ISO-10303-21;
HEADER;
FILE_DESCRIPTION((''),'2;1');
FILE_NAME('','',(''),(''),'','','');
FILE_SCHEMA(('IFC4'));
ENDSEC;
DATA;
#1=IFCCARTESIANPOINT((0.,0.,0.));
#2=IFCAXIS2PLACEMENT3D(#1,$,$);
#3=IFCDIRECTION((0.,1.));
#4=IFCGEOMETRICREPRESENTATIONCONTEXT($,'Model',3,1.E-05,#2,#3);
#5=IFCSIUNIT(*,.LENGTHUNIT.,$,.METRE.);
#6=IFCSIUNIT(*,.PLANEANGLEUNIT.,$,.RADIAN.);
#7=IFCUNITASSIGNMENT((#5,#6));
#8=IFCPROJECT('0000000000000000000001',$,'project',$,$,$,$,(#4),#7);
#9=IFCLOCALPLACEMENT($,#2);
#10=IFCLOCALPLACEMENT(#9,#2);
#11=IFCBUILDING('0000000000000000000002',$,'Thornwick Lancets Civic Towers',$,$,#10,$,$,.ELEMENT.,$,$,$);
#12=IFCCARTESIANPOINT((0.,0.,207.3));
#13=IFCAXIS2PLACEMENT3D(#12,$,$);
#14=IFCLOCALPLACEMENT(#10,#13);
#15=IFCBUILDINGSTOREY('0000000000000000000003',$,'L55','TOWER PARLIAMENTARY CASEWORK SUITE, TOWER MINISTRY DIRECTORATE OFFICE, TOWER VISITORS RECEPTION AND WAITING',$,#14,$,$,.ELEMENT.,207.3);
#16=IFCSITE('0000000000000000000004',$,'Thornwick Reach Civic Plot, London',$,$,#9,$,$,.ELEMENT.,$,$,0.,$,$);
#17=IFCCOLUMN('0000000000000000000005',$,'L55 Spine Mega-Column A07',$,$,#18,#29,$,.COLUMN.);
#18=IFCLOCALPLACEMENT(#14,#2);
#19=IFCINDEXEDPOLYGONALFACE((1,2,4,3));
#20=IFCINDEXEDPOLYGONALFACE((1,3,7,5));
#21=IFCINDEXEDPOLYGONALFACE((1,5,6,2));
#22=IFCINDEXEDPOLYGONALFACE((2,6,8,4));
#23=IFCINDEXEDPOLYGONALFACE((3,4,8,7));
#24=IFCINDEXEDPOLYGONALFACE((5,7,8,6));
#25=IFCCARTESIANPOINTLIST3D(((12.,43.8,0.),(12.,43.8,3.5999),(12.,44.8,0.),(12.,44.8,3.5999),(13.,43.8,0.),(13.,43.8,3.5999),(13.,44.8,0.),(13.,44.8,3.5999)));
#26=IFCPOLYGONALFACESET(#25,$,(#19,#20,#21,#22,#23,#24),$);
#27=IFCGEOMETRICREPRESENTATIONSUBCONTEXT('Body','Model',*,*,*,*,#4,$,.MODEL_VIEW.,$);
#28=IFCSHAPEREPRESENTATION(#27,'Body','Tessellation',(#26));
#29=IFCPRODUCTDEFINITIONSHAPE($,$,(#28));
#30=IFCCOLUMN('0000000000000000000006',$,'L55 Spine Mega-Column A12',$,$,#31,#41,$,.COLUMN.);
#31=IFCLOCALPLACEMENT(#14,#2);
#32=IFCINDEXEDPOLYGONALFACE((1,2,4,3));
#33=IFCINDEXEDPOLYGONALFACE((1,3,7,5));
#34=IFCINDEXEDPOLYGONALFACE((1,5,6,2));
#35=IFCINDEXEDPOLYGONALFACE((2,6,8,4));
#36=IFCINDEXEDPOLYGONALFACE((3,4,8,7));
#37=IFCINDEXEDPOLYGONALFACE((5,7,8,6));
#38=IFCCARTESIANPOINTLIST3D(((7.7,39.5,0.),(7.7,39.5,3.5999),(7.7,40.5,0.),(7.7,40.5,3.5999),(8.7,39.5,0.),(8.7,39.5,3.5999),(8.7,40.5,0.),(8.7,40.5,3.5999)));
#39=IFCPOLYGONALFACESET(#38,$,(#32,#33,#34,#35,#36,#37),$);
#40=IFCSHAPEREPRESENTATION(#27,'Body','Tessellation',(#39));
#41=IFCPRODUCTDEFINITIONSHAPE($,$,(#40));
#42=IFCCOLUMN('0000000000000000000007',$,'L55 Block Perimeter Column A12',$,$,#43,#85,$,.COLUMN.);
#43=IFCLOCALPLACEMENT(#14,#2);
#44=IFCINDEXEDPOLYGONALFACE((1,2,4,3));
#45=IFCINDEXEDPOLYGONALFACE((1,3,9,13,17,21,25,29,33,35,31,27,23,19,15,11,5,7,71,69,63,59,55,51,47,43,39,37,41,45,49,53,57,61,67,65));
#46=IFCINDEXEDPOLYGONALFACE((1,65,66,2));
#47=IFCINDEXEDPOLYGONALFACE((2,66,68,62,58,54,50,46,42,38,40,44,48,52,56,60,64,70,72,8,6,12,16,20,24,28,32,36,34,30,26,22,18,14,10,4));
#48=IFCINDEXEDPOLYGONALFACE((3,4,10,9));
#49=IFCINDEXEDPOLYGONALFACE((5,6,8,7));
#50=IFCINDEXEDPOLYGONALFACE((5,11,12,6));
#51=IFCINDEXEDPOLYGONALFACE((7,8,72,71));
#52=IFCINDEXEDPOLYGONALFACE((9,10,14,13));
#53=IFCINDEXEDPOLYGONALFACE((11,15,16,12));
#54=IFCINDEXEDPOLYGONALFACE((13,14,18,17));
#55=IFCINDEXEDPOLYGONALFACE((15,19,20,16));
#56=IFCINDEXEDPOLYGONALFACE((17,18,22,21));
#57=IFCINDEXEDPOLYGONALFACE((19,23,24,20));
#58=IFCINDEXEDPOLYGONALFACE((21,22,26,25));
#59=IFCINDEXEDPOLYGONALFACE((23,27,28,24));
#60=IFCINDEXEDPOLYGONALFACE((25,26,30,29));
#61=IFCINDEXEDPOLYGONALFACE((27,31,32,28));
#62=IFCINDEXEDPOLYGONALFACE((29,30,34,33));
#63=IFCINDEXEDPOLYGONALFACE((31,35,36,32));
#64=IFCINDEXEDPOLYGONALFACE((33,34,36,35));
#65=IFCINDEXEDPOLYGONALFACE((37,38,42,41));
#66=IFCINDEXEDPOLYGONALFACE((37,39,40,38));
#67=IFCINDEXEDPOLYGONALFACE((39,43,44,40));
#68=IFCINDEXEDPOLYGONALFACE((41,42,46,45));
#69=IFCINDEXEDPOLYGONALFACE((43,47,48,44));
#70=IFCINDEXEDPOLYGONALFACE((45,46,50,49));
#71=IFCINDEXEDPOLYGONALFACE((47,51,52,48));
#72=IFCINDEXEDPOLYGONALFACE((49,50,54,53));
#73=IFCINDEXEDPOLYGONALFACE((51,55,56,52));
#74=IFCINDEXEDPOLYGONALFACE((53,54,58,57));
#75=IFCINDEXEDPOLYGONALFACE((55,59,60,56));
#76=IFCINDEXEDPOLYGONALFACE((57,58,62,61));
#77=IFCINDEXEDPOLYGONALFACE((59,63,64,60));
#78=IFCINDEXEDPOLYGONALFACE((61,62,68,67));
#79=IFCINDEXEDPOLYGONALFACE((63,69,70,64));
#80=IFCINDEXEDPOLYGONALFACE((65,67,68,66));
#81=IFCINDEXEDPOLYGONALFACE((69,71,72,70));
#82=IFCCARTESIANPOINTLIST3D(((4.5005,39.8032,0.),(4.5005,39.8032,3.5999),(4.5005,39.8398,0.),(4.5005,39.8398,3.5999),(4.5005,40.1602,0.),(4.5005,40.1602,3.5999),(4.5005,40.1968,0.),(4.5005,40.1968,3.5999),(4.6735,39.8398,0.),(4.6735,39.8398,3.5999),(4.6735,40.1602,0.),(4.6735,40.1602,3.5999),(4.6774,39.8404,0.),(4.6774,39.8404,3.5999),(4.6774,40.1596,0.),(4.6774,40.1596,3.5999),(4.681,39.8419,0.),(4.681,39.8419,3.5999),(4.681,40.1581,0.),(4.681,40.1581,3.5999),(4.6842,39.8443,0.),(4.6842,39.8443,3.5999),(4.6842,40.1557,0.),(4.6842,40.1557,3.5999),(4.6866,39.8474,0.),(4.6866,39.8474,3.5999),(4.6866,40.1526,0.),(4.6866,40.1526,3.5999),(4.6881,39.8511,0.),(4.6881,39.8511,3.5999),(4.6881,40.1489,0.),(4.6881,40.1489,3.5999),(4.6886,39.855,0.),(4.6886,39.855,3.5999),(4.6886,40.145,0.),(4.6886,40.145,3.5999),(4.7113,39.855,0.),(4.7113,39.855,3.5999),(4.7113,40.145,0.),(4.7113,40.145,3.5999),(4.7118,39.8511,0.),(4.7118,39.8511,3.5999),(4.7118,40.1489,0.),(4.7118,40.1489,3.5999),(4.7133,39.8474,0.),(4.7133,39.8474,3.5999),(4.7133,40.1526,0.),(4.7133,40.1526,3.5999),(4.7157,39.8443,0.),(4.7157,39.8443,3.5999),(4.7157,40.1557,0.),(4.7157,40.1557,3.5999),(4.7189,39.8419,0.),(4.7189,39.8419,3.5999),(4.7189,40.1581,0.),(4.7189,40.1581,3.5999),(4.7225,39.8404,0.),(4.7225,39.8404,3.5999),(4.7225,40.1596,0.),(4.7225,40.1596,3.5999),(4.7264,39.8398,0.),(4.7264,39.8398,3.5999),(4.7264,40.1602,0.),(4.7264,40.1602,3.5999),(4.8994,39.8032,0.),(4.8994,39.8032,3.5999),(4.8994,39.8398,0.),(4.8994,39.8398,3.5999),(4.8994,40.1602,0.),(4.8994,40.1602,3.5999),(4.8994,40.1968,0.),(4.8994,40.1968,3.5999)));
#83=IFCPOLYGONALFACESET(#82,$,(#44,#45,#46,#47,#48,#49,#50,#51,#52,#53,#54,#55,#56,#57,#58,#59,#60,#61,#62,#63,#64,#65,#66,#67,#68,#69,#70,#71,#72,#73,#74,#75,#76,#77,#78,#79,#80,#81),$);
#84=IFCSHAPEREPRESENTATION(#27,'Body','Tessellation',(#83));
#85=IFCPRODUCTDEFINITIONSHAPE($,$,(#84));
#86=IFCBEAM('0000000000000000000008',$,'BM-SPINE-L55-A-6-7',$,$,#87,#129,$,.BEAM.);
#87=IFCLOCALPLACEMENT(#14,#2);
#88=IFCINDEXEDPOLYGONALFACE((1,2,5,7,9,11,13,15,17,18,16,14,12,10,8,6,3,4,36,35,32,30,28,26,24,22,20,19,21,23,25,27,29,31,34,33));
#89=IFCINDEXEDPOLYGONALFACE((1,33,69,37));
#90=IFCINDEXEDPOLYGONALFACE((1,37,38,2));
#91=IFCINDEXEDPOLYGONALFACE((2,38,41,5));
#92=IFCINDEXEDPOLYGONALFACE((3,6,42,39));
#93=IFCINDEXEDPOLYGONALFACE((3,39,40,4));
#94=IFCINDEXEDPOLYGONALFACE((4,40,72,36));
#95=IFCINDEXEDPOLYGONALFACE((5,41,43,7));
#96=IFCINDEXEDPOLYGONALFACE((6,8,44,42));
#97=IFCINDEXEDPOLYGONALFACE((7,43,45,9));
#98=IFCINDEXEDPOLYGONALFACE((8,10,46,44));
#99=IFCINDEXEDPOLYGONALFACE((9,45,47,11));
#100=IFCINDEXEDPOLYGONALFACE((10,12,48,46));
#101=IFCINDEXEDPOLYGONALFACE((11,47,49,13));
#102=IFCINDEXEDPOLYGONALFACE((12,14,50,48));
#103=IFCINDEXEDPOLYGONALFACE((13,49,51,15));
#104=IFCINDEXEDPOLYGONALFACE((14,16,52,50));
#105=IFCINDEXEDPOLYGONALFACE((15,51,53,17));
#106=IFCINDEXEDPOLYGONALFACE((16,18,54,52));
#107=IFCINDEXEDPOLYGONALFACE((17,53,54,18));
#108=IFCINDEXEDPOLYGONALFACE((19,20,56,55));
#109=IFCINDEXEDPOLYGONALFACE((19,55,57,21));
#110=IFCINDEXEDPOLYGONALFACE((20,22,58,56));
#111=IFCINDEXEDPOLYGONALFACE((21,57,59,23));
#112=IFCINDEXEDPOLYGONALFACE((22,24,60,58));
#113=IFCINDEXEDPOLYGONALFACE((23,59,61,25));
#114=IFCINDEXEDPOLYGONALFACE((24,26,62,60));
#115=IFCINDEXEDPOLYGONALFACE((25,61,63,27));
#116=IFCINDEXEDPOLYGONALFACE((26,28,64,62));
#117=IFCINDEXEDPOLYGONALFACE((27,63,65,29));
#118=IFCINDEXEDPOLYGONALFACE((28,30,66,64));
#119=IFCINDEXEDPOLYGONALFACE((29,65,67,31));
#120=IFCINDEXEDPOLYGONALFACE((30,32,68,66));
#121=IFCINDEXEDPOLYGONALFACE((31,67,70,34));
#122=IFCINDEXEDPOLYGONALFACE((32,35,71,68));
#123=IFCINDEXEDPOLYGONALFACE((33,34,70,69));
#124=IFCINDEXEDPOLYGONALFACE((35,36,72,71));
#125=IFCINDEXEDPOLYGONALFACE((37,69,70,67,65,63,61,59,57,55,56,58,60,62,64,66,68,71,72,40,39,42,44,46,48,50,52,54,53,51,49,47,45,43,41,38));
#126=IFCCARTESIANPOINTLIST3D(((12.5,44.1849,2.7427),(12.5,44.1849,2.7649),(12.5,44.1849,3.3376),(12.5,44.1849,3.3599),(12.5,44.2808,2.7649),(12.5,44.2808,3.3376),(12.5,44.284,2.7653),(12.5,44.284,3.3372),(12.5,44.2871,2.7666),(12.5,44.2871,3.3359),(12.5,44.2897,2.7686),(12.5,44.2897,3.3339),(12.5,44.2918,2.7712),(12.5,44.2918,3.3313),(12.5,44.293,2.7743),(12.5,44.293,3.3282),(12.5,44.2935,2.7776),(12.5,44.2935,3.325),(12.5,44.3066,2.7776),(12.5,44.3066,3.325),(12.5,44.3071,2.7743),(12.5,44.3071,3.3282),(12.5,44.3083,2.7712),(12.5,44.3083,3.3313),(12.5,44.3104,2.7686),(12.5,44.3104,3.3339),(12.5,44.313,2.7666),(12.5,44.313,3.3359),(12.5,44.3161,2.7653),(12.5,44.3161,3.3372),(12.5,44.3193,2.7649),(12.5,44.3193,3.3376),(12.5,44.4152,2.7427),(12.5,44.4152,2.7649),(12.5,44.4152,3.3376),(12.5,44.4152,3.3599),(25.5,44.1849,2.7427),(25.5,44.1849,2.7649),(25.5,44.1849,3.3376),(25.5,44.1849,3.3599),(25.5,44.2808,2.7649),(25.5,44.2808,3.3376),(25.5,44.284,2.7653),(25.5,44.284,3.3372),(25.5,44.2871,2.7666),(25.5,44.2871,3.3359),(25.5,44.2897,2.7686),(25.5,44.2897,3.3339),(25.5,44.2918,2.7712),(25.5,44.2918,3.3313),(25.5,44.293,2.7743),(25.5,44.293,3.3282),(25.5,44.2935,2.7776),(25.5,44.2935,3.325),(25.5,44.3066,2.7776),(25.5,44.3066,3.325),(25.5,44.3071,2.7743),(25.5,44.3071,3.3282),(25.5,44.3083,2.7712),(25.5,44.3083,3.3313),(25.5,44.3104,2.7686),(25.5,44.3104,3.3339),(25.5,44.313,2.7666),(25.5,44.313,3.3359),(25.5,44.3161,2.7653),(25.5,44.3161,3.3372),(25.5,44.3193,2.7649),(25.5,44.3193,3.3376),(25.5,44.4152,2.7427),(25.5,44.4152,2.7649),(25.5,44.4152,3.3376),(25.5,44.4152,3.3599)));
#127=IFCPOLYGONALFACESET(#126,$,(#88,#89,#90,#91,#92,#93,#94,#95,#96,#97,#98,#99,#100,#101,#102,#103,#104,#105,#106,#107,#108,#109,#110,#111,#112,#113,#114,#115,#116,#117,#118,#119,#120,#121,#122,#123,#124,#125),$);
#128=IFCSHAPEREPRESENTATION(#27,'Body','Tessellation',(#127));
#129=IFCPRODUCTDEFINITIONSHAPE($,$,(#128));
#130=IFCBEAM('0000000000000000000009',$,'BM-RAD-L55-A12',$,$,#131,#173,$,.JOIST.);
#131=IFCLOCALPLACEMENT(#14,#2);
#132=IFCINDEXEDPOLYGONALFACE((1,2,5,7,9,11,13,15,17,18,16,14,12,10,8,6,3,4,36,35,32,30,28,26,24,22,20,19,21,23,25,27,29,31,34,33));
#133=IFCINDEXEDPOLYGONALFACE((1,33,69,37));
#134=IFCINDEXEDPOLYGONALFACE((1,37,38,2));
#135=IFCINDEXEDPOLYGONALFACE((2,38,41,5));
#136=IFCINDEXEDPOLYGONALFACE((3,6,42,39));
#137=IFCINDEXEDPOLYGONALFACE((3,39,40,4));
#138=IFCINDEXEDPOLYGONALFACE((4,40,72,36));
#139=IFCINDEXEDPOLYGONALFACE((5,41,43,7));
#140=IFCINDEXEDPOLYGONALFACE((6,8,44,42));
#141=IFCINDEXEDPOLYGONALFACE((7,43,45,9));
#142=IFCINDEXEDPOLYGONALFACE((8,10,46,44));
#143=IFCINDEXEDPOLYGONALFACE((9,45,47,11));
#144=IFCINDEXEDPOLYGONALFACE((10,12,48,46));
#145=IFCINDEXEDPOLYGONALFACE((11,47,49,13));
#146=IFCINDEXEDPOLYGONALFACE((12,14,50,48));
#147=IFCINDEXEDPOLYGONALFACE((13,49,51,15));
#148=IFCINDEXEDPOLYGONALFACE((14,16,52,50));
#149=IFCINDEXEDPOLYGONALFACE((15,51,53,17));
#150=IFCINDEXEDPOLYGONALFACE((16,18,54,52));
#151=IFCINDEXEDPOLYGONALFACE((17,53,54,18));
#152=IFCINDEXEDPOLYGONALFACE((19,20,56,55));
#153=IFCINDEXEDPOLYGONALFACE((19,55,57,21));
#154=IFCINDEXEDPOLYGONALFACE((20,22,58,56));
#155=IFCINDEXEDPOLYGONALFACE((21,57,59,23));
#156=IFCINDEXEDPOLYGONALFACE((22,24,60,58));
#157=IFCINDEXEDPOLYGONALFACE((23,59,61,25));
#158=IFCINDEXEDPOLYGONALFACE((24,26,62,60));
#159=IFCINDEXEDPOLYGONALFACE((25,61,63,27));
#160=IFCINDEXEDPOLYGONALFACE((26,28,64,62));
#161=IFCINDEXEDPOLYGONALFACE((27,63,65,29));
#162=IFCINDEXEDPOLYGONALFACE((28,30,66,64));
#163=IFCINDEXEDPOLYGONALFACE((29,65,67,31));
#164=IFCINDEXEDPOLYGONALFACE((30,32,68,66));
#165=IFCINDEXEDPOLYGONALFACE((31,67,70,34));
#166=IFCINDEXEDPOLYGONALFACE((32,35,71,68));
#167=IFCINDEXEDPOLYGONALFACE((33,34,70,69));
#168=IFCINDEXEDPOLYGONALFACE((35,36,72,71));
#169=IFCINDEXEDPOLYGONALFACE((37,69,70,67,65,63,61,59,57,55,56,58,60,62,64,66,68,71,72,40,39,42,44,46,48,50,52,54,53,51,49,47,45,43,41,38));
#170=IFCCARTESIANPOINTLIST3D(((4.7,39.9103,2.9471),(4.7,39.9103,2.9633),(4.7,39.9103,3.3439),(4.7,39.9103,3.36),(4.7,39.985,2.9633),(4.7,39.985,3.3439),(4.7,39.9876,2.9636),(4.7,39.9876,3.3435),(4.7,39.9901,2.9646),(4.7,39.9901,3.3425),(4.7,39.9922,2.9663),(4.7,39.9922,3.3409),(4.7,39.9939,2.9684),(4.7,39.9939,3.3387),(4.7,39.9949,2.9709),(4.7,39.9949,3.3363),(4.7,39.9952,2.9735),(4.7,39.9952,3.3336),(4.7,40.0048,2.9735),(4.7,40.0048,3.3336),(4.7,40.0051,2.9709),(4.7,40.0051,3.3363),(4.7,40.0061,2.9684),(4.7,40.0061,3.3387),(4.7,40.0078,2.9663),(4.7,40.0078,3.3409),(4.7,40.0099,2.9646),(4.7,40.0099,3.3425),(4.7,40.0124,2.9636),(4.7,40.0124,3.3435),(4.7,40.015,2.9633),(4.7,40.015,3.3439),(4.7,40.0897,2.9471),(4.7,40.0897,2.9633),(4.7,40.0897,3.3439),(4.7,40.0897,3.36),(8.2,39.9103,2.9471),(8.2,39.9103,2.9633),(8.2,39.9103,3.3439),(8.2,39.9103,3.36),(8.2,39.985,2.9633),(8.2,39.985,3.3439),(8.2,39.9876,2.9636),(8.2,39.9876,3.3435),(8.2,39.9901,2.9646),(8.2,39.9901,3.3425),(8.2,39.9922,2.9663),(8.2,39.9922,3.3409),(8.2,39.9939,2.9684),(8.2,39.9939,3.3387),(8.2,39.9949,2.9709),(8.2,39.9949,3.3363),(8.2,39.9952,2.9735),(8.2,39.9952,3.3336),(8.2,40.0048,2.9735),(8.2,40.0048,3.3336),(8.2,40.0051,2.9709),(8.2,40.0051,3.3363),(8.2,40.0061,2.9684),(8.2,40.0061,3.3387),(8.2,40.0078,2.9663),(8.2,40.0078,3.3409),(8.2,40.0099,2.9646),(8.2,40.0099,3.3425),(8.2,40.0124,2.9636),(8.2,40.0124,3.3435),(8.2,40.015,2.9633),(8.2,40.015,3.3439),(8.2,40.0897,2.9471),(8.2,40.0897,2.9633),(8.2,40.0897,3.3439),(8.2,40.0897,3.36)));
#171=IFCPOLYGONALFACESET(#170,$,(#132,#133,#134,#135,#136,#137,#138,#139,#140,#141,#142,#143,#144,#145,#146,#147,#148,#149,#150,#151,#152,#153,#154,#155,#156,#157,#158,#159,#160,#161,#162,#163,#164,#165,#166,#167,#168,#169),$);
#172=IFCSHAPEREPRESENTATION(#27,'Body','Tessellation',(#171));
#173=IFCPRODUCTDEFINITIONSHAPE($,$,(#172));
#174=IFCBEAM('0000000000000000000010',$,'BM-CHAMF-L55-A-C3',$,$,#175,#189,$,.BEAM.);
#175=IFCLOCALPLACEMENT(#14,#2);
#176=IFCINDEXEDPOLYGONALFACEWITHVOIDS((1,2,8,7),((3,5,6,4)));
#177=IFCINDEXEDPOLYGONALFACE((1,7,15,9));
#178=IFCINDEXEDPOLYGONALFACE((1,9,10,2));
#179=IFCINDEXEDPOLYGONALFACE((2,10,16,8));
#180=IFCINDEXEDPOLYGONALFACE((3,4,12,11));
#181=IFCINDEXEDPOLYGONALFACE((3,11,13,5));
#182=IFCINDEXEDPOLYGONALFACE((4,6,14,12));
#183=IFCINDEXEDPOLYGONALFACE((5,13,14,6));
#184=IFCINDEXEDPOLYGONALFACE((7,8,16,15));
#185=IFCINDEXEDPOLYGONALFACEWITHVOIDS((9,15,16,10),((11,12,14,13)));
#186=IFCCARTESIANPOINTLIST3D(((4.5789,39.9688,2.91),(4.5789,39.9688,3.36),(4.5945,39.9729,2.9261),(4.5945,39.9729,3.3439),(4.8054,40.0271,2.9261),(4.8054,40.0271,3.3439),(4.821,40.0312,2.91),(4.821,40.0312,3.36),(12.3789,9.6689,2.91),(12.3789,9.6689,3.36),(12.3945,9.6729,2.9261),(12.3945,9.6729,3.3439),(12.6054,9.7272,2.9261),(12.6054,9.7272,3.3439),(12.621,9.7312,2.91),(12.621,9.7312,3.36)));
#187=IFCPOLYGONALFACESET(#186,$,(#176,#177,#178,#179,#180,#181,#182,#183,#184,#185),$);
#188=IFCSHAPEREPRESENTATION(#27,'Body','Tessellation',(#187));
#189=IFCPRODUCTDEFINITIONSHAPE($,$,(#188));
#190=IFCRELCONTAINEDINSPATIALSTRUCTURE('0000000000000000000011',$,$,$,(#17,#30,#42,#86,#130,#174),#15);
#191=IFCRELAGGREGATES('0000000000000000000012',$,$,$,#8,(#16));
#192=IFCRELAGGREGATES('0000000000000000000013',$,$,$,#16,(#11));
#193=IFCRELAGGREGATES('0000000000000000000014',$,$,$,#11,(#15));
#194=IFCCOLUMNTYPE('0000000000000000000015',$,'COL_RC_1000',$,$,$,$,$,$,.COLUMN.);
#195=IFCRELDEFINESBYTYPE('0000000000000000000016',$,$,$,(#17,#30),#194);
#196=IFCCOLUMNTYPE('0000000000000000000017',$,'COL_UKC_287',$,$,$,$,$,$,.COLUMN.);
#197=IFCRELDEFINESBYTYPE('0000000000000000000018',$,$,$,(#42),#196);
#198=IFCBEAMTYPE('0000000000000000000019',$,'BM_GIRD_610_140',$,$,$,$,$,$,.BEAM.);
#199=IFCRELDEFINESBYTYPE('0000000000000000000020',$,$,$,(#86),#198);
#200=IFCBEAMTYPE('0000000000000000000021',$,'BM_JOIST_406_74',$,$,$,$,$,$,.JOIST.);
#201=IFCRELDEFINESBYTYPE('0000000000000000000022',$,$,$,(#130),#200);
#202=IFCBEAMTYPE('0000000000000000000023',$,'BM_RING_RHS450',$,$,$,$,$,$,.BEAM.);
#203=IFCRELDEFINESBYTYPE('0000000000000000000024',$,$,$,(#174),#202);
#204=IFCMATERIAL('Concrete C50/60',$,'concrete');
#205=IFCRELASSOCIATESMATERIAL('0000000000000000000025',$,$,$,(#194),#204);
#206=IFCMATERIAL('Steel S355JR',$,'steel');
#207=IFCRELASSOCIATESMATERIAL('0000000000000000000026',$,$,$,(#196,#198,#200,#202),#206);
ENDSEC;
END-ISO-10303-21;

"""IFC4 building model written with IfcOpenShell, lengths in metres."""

from ifc_helpers import new_model, si_unit, direction, frame, origin, origin_2d, place, context, subcontext, project, spatial, rectangle, hollow_rectangle, i_section, extrude, material, material_profile, profile_set, type_object, element, save


model = new_model("IFC4")

# Units and contexts
model_context = context("Model", 3, precision=1e-05, world=origin(), true_north=direction((0.0, 1.0)))
body_context = subcontext(model_context, "Body", "Model", "MODEL_VIEW")
ifc_project = project(units=[si_unit("LENGTHUNIT", "METRE"), si_unit("PLANEANGLEUNIT", "RADIAN")], contexts=[model_context])

# Site, building, storey
site_placement = place(None, origin())
site = spatial("IfcSite", under=ifc_project, at=site_placement, Name="Thornwick Reach Civic Plot, London", CompositionType="ELEMENT", RefElevation=0.0)
building_placement = place(site_placement, origin())
building = spatial("IfcBuilding", under=site, at=building_placement, Name="Thornwick Lancets Civic Towers", CompositionType="ELEMENT")
storey_placement = place(building_placement, frame((0.0, 0.0, 207.3)))
storey = spatial("IfcBuildingStorey", under=building, at=storey_placement, Name="L55", Description="TOWER PARLIAMENTARY CASEWORK SUITE, TOWER MINISTRY DIRECTORATE OFFICE, TOWER VISITORS RECEPTION AND WAITING", CompositionType="ELEMENT", Elevation=207.3)

# Columns
ifc_material_1 = material(Name="Concrete C50/60", Category="concrete")
ifc_material_profile_1 = material_profile(ifc_material_1, rectangle(XDim=1.0, YDim=1.0, at=origin_2d()), Name="RC 1000x1000")
ifc_profile_set_1 = profile_set([ifc_material_profile_1], Name="Concrete C50/60")
column_type_1 = type_object("IfcColumnType", Name="COL_RC_1000", PredefinedType="COLUMN", material=ifc_profile_set_1)
for number, where, z_axis, x_axis, name in (
    (1, (12.5, 44.3, 0.0), (0.0, 0.0, 1.0), (1.0, 0.0, 0.0), "L55 Spine Mega-Column A07"),
    (2, (8.2, 40.0, 0.0), (0.0, 0.0, 1.0), (1.0, 0.0, 0.0), "L55 Spine Mega-Column A12"),
):
    element("IfcColumn", number, at=place(storey_placement, frame(where, z_axis=z_axis, x_axis=x_axis)), inside=storey, type_object=column_type_1, Name=name, PredefinedType="COLUMN", context=body_context, shape_type="SweptSolid", body=[
        extrude(rectangle(XDim=1.0, YDim=1.0, at=origin_2d()), origin(), (0.0, 0.0, 1.0), 3.5999),
    ])
ifc_material_2 = material(Name="Steel S355JR", Category="steel")
ifc_material_profile_2 = material_profile(ifc_material_2, i_section(OverallWidth=0.3989, OverallDepth=0.3936, WebThickness=0.0227, FlangeThickness=0.0366, FilletRadius=0.0151, at=origin_2d()), Name="UKC 356x406x287")
ifc_profile_set_2 = profile_set([ifc_material_profile_2], Name="Steel S355JR")
column_type_2 = type_object("IfcColumnType", Name="COL_UKC_287", PredefinedType="COLUMN", material=ifc_profile_set_2)
column_placement = place(storey_placement, frame((4.7, 40.0, 0.0), z_axis=(0.0, 0.0, 1.0), x_axis=(1.0, 0.0, 0.0)))
element("IfcColumn", 3, at=column_placement, inside=storey, type_object=column_type_2, Name="L55 Block Perimeter Column A12", PredefinedType="COLUMN", context=body_context, shape_type="SweptSolid", body=[
    extrude(i_section(OverallWidth=0.3989, OverallDepth=0.3936, WebThickness=0.0227, FlangeThickness=0.0366, FilletRadius=0.0151, at=origin_2d()), origin(), (0.0, 0.0, 1.0), 3.5999),
])

# Beams
ifc_material_profile_3 = material_profile(ifc_material_2, i_section(OverallWidth=0.2302, OverallDepth=0.6172, WebThickness=0.0132, FlangeThickness=0.0222, FilletRadius=0.0127, at=origin_2d()), Name="UKB 610x229x140")
ifc_profile_set_3 = profile_set([ifc_material_profile_3], Name="Steel S355JR")
beam_type_1 = type_object("IfcBeamType", Name="BM_GIRD_610_140", PredefinedType="BEAM", material=ifc_profile_set_3)
beam_1_placement = place(storey_placement, frame((12.5, 44.3, 3.0513), z_axis=(1.0, 0.0, 0.0), x_axis=(0.0, 1.0, 0.0)))
element("IfcBeam", 4, at=beam_1_placement, inside=storey, type_object=beam_type_1, Name="BM-SPINE-L55-A-6-7", PredefinedType="BEAM", context=body_context, shape_type="SweptSolid", body=[
    extrude(i_section(OverallWidth=0.2302, OverallDepth=0.6172, WebThickness=0.0132, FlangeThickness=0.0222, FilletRadius=0.0127, at=origin_2d()), origin(), (0.0, 0.0, 1.0), 13.0),
])
ifc_material_profile_4 = material_profile(ifc_material_2, i_section(OverallWidth=0.1794, OverallDepth=0.4128, WebThickness=0.0095, FlangeThickness=0.0161, FilletRadius=0.0103, at=origin_2d()), Name="UKB 406x178x74")
ifc_profile_set_4 = profile_set([ifc_material_profile_4], Name="Steel S355JR")
beam_type_2 = type_object("IfcBeamType", Name="BM_JOIST_406_74", PredefinedType="JOIST", material=ifc_profile_set_4)
beam_2_placement = place(storey_placement, frame((8.2, 40.0, 3.1536), z_axis=(-1.0, 0.0, 0.0), x_axis=(0.0, -1.0, 0.0)))
element("IfcBeam", 5, at=beam_2_placement, inside=storey, type_object=beam_type_2, Name="BM-RAD-L55-A12", PredefinedType="JOIST", context=body_context, shape_type="SweptSolid", body=[
    extrude(i_section(OverallWidth=0.1794, OverallDepth=0.4128, WebThickness=0.0095, FlangeThickness=0.0161, FilletRadius=0.0103, at=origin_2d()), origin(), (0.0, 0.0, 1.0), 3.5),
])
ifc_material_profile_5 = material_profile(ifc_material_2, hollow_rectangle(XDim=0.25, YDim=0.45, WallThickness=0.0161, at=origin_2d()), Name="RHS 450x250x16")
ifc_profile_set_5 = profile_set([ifc_material_profile_5], Name="Steel S355JR")
beam_type_3 = type_object("IfcBeamType", Name="BM_RING_RHS450", PredefinedType="BEAM", material=ifc_profile_set_5)
beam_3_placement = place(storey_placement, frame((4.7, 40.0, 3.135), z_axis=(0.249299, -0.968427, 0.0), x_axis=(0.968427, 0.249299, 0.0)))
element("IfcBeam", 6, at=beam_3_placement, inside=storey, type_object=beam_type_3, Name="BM-CHAMF-L55-A-C3", PredefinedType="BEAM", context=body_context, shape_type="SweptSolid", body=[
    extrude(hollow_rectangle(XDim=0.25, YDim=0.45, WallThickness=0.0161, at=origin_2d()), origin(), (0.0, 0.0, 1.0), 31.2878),
])

save(model, "model.ifc")
